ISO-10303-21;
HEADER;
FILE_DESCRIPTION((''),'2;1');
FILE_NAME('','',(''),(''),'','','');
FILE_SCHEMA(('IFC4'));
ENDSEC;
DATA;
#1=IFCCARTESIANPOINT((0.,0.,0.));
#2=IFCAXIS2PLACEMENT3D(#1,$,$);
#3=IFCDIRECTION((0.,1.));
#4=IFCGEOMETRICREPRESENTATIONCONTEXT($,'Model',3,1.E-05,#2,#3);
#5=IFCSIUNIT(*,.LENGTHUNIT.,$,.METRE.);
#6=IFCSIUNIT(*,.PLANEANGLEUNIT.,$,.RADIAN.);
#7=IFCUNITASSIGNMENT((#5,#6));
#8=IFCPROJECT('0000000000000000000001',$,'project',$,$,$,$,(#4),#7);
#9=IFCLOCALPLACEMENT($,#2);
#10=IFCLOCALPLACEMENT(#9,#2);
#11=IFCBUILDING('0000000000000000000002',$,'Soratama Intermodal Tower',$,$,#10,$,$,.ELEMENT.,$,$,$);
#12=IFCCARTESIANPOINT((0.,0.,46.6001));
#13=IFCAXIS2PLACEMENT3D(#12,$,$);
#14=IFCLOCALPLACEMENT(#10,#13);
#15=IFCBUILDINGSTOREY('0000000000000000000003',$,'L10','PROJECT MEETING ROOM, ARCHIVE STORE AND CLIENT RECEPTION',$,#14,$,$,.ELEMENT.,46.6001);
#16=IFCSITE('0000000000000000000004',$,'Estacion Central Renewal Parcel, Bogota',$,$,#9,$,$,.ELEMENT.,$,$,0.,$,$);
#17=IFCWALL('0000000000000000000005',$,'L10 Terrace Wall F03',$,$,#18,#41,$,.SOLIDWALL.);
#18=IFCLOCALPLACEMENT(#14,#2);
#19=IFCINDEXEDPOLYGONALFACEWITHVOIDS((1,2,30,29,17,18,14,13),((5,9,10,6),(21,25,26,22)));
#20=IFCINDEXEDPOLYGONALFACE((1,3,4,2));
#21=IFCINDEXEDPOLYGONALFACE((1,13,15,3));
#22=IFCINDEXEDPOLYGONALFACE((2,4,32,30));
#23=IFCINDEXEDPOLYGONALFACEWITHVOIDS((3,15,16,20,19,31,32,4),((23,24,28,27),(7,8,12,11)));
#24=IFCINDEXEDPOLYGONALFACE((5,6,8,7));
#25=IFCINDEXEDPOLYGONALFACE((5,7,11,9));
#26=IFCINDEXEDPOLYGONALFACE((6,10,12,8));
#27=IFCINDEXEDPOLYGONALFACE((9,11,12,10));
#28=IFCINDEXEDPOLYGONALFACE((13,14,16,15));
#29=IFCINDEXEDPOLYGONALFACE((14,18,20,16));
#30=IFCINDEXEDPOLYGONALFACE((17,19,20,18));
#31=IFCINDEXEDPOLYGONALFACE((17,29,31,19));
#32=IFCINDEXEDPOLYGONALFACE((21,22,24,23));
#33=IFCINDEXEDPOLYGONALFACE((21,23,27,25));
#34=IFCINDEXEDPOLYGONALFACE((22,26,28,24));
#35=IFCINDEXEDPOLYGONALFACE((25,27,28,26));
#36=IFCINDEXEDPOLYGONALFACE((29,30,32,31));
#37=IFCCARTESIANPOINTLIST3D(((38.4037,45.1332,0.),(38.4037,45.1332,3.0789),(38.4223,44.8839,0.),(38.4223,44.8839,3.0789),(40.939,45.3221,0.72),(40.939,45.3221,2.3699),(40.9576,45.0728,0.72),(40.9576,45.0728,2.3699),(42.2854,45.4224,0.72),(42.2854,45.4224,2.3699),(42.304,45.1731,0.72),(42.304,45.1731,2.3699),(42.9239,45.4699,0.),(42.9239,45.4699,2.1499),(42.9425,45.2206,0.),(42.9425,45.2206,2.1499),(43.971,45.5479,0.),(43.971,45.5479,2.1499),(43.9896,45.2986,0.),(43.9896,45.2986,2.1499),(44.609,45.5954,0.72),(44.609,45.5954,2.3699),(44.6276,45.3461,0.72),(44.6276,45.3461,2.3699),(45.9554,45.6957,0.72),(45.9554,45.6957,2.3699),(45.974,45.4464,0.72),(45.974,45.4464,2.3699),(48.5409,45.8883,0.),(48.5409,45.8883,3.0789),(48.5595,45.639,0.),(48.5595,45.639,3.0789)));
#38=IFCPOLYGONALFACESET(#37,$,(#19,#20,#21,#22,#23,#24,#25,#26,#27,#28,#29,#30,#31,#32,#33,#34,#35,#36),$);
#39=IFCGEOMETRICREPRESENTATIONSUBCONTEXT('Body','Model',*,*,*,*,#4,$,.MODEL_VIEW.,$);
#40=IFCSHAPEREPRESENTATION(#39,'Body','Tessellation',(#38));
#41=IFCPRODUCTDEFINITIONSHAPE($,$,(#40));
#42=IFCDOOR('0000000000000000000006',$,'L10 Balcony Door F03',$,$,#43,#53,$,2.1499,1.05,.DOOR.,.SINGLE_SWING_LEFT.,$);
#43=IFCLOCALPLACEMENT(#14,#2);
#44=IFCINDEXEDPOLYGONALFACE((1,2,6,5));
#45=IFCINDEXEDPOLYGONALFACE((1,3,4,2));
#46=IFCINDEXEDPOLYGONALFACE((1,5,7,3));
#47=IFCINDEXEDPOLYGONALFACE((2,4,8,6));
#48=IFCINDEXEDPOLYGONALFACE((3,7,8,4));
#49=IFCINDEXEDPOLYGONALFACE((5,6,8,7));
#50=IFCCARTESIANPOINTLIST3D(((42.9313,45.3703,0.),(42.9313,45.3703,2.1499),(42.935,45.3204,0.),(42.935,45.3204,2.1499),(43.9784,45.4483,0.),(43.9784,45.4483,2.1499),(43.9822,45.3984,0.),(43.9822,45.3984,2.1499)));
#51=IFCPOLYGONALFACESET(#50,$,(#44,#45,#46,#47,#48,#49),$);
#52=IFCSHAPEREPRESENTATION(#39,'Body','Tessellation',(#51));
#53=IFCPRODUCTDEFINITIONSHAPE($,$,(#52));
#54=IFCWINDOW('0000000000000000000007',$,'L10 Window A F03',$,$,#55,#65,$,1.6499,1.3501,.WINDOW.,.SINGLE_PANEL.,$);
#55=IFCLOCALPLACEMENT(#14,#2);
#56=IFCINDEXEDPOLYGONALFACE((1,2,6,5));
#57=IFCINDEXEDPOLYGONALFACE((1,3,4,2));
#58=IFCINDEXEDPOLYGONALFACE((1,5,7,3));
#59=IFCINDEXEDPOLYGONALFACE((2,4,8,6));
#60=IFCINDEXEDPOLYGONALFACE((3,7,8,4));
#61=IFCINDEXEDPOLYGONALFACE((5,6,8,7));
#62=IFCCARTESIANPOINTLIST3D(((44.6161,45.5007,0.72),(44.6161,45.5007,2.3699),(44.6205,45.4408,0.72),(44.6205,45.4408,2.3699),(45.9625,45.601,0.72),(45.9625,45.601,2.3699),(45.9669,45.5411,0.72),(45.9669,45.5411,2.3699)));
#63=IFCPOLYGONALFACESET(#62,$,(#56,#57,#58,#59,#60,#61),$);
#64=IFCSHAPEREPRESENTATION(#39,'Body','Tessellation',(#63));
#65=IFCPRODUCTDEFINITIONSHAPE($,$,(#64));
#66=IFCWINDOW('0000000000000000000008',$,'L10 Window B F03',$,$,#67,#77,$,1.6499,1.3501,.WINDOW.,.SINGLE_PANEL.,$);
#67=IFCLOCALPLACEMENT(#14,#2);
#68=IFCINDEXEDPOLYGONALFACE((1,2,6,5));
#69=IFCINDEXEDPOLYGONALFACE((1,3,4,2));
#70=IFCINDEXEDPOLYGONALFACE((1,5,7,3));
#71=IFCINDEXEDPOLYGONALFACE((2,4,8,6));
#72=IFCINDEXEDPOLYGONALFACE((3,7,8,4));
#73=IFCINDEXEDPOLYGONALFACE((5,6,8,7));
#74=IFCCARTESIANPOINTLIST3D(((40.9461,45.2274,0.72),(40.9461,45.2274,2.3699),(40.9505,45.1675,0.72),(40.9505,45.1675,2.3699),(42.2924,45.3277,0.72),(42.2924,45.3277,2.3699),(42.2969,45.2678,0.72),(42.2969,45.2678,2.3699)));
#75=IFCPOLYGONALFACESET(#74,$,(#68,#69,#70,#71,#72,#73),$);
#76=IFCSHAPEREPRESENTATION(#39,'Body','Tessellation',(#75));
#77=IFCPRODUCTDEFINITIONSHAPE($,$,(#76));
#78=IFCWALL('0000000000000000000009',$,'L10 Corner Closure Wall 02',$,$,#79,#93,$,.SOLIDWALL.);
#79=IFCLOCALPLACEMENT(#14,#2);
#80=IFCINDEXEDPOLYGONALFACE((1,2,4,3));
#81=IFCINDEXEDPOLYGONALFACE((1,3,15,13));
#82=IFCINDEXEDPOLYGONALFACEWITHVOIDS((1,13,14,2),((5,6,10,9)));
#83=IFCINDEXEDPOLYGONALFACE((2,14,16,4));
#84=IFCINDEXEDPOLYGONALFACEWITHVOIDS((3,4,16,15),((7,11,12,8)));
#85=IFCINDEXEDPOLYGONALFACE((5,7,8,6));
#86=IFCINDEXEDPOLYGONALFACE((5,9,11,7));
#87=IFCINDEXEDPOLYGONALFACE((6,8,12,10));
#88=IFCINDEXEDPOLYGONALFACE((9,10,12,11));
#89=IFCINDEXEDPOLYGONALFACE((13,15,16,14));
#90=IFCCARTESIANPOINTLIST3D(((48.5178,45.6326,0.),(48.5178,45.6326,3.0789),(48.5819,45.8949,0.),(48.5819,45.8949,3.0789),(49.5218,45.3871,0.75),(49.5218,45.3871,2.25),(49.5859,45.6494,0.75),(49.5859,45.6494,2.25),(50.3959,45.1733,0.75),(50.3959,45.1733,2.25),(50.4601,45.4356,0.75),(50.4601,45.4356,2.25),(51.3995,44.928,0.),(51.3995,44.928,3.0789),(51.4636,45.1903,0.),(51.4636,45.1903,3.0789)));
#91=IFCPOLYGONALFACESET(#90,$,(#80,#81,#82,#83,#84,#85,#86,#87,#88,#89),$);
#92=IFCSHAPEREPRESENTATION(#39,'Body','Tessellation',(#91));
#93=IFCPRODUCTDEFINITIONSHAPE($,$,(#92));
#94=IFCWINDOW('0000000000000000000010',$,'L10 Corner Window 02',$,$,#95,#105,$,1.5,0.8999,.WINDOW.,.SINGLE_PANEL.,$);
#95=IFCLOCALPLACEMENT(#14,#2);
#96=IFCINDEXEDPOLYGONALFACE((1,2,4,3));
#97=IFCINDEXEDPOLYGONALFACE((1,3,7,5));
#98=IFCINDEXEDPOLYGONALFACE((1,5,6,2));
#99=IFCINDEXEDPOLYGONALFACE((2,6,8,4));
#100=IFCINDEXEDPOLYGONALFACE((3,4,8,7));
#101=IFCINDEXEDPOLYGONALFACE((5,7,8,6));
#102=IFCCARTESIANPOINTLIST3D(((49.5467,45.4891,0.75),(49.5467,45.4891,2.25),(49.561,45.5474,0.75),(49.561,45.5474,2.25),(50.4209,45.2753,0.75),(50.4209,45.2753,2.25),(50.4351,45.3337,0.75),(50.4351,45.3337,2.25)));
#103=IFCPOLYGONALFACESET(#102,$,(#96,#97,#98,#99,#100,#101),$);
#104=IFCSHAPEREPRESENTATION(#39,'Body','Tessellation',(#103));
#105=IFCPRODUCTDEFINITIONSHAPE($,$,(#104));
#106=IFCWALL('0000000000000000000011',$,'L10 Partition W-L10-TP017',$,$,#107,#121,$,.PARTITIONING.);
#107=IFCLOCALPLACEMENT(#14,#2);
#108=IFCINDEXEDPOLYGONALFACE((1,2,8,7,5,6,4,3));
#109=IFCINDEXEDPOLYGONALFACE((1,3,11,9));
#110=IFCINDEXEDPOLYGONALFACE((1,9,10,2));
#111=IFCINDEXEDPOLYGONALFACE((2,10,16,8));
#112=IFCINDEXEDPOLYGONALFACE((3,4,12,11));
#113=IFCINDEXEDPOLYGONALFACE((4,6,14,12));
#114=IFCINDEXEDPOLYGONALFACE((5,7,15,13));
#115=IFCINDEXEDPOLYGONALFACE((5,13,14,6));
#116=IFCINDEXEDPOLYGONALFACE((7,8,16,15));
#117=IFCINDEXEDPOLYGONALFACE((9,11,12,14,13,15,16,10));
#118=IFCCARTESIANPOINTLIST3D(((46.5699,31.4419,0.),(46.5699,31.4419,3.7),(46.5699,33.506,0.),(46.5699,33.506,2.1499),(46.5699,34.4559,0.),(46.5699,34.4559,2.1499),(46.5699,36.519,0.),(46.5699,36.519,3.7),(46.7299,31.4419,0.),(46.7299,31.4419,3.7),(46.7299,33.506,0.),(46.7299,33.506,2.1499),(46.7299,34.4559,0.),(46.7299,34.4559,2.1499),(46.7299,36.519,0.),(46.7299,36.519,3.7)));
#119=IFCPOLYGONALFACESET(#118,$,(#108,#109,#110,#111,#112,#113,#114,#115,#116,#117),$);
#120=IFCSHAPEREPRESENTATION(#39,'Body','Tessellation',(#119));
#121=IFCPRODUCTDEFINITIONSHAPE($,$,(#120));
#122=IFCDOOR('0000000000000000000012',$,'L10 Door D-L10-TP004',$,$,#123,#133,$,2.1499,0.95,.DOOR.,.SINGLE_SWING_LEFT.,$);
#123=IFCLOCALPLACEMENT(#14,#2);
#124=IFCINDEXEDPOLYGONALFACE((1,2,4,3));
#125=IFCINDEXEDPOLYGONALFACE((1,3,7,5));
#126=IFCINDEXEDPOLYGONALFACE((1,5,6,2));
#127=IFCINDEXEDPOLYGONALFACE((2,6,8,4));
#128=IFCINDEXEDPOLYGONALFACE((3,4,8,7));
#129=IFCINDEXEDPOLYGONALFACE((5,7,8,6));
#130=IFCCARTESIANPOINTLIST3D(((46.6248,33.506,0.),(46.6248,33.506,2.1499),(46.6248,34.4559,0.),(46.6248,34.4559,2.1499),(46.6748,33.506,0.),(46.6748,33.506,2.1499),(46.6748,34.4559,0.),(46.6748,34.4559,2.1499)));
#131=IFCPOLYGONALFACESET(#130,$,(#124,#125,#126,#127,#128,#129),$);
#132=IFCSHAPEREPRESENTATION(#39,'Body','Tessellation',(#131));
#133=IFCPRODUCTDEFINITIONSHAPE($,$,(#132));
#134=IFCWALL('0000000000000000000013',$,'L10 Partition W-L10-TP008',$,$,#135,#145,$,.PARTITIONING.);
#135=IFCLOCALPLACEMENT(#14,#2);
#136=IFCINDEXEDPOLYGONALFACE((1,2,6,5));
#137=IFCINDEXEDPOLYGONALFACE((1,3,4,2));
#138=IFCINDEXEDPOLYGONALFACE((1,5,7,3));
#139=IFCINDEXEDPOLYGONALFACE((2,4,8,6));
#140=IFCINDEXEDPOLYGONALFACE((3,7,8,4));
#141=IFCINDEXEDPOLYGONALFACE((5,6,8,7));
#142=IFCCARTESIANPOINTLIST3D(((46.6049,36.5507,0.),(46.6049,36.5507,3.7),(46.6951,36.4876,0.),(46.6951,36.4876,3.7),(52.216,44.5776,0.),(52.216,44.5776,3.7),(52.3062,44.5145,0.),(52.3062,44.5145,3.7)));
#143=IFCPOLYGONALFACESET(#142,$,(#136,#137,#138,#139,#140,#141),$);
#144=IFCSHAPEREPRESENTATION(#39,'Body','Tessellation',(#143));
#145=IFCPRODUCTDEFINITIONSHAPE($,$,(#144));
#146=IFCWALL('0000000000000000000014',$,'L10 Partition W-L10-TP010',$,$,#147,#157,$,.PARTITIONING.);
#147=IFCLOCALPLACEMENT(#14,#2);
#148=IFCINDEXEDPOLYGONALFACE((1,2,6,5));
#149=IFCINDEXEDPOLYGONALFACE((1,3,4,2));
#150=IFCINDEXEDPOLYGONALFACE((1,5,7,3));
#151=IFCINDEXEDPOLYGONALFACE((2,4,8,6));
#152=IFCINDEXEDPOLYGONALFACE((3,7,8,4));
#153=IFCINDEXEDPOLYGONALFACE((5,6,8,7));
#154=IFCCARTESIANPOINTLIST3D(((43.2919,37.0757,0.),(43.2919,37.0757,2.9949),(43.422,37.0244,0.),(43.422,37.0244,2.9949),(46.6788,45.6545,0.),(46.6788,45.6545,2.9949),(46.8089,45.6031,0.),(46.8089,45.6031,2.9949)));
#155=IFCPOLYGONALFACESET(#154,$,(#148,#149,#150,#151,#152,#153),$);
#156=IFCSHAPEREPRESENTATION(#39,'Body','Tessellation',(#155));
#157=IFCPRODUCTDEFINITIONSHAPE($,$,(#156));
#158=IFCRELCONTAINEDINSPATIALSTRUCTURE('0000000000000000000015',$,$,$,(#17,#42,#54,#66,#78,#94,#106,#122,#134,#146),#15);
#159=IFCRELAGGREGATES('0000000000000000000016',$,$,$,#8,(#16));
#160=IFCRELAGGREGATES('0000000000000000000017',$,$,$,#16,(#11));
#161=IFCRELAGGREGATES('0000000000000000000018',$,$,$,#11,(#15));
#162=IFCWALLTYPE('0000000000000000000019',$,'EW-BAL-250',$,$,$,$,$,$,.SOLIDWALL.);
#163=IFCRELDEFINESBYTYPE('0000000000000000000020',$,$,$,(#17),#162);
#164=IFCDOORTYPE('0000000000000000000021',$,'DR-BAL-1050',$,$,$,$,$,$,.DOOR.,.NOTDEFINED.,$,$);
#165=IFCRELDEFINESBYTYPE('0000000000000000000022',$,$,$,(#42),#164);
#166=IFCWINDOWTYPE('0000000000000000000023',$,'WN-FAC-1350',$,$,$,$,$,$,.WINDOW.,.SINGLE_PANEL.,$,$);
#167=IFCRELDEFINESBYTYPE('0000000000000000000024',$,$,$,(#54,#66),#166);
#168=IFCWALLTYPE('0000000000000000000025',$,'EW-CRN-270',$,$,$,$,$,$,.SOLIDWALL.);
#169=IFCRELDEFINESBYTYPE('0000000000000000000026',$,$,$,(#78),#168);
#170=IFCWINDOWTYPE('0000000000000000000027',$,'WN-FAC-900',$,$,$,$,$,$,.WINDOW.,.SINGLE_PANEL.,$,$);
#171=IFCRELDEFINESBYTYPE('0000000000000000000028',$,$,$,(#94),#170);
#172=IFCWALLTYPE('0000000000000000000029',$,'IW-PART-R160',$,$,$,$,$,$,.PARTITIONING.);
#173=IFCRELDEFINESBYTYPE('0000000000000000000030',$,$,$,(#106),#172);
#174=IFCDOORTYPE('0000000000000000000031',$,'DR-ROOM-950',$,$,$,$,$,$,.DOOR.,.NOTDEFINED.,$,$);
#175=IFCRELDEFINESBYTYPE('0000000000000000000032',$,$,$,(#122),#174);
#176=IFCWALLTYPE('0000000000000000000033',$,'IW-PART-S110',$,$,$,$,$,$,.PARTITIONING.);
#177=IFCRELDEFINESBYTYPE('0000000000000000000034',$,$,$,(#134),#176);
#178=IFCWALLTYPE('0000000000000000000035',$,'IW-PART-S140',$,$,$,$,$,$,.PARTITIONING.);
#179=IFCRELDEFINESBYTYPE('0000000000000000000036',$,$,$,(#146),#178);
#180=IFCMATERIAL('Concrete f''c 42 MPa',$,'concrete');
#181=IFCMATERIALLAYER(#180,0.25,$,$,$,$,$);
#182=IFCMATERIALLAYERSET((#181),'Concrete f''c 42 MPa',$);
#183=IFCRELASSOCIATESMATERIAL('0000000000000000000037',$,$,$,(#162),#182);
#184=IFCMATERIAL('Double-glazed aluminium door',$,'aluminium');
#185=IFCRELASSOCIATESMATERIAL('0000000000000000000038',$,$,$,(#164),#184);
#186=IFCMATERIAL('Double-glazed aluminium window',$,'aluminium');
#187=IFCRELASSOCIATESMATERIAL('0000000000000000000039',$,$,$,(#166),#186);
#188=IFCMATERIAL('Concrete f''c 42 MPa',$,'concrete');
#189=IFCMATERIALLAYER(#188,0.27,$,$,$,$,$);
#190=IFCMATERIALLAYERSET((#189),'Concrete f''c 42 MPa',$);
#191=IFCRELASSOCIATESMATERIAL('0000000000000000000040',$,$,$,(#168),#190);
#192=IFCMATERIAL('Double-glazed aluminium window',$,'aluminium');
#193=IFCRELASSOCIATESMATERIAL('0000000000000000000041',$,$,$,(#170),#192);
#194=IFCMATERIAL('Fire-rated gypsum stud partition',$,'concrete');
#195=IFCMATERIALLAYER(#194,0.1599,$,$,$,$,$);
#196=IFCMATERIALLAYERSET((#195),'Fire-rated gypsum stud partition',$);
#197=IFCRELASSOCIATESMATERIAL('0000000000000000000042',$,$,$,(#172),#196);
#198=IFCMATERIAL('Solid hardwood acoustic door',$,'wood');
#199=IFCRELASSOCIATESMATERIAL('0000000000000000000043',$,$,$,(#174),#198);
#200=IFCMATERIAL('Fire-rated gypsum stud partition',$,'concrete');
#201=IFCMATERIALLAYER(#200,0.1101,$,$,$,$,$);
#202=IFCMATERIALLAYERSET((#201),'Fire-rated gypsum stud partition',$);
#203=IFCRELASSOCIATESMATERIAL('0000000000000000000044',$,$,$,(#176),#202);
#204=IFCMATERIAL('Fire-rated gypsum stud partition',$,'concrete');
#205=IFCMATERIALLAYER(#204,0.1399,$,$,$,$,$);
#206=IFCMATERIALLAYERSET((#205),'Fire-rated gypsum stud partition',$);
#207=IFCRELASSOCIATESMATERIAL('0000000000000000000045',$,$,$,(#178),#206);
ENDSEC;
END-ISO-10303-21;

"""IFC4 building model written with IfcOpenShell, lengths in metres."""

from ifc_helpers import new_model, si_unit, direction, frame, frame_2d, origin, place, context, subcontext, project, spatial, rectangle, extrude, material, layer, layer_set, type_object, element, fill, save


model = new_model("IFC4")

# Units and contexts
model_context = context("Model", 3, precision=1e-05, world=origin(), true_north=direction((0.0, 1.0)))
body_context = subcontext(model_context, "Body", "Model", "MODEL_VIEW")
ifc_project = project(units=[si_unit("LENGTHUNIT", "METRE"), si_unit("PLANEANGLEUNIT", "RADIAN")], contexts=[model_context])

# Site, building, storey
site_placement = place(None, origin())
site = spatial("IfcSite", under=ifc_project, at=site_placement, Name="Estacion Central Renewal Parcel, Bogota", CompositionType="ELEMENT", RefElevation=0.0)
building_placement = place(site_placement, origin())
building = spatial("IfcBuilding", under=site, at=building_placement, Name="Soratama Intermodal Tower", CompositionType="ELEMENT")
storey_placement = place(building_placement, frame((0.0, 0.0, 46.6001)))
storey = spatial("IfcBuildingStorey", under=building, at=storey_placement, Name="L10", Description="PROJECT MEETING ROOM, ARCHIVE STORE AND CLIENT RECEPTION", CompositionType="ELEMENT", Elevation=46.6001)

# Wall, openings, door, windows
ifc_material_1 = material(Name="Concrete f'c 42 MPa", Category="concrete")
ifc_layer_1 = layer(ifc_material_1, 0.25)
ifc_layer_set_1 = layer_set([ifc_layer_1], Name="Concrete f'c 42 MPa")
wall_type_1 = type_object("IfcWallType", Name="EW-BAL-250", PredefinedType="SOLIDWALL", material=ifc_layer_set_1)
wall_1_placement = place(storey_placement, frame((48.55, 45.7637, 0.0), z_axis=(0.0, 0.0, 1.0), x_axis=(-0.997237, -0.074285, 0.0)))
wall_1 = element("IfcWall", 1, at=wall_1_placement, inside=storey, type_object=wall_type_1, Name="L10 Terrace Wall F03", PredefinedType="SOLIDWALL", context=body_context, shape_type="SweptSolid", body=[
    extrude(rectangle(XDim=10.1653, YDim=0.25, at=frame_2d((5.0825, 0.0))), origin(), (0.0, 0.0, 1.0), 3.0789),
])
opening_1_placement = place(wall_1_placement, frame((4.5825, 0.0, 0.0)))
opening_1 = element("IfcOpeningElement", 2, at=opening_1_placement, cuts=wall_1, PredefinedType="OPENING", context=body_context, shape_type="SweptSolid", body=[
    extrude(rectangle(XDim=1.05, YDim=2.1499, at=frame_2d((0.5249, 1.075))), frame((0.0, 0.135, 0.0), z_axis=(0.0, -1.0, 0.0), x_axis=(1.0, 0.0, 0.0)), (0.0, 0.0, 1.0), 0.27),
])
opening_2_placement = place(wall_1_placement, frame((2.5925, 0.0, 0.72)))
opening_2 = element("IfcOpeningElement", 3, at=opening_2_placement, cuts=wall_1, PredefinedType="OPENING", context=body_context, shape_type="SweptSolid", body=[
    extrude(rectangle(XDim=1.3501, YDim=1.6499, at=frame_2d((0.675, 0.825))), frame((0.0, 0.135, 0.0), z_axis=(0.0, -1.0, 0.0), x_axis=(1.0, 0.0, 0.0)), (0.0, 0.0, 1.0), 0.27),
])
opening_3_placement = place(wall_1_placement, frame((6.2727, 0.0, 0.72)))
opening_3 = element("IfcOpeningElement", 4, at=opening_3_placement, cuts=wall_1, PredefinedType="OPENING", context=body_context, shape_type="SweptSolid", body=[
    extrude(rectangle(XDim=1.3501, YDim=1.6499, at=frame_2d((0.675, 0.825))), frame((0.0, 0.135, 0.0), z_axis=(0.0, -1.0, 0.0), x_axis=(1.0, 0.0, 0.0)), (0.0, 0.0, 1.0), 0.27),
])
ifc_material_2 = material(Name="Double-glazed aluminium door", Category="aluminium")
door_type_1 = type_object("IfcDoorType", Name="DR-BAL-1050", OperationType="NOTDEFINED", PredefinedType="DOOR", material=ifc_material_2)
door_1_placement = place(opening_1_placement, origin())
door_1 = element("IfcDoor", 5, at=door_1_placement, inside=storey, type_object=door_type_1, Name="L10 Balcony Door F03", OperationType="SINGLE_SWING_LEFT", OverallHeight=2.1499, OverallWidth=1.05, PredefinedType="DOOR", context=body_context, shape_type="SweptSolid", body=[
    extrude(rectangle(XDim=1.05, YDim=2.1499, at=frame_2d((0.5249, 1.075))), frame((0.0, 0.0249, 0.0), z_axis=(0.0, -1.0, 0.0), x_axis=(1.0, 0.0, 0.0)), (0.0, 0.0, 1.0), 0.05),
])
fill(opening_1, door_1)
ifc_material_3 = material(Name="Double-glazed aluminium window", Category="aluminium")
window_type_1 = type_object("IfcWindowType", Name="WN-FAC-1350", PartitioningType="SINGLE_PANEL", PredefinedType="WINDOW", material=ifc_material_3)
window_1_placement = place(opening_2_placement, origin())
window_1 = element("IfcWindow", 6, at=window_1_placement, inside=storey, type_object=window_type_1, Name="L10 Window A F03", OverallHeight=1.6499, OverallWidth=1.3501, PartitioningType="SINGLE_PANEL", PredefinedType="WINDOW", context=body_context, shape_type="SweptSolid", body=[
    extrude(rectangle(XDim=1.3501, YDim=1.6499, at=frame_2d((0.675, 0.825))), frame((0.0, 0.03, 0.0), z_axis=(0.0, -1.0, 0.0), x_axis=(1.0, 0.0, 0.0)), (0.0, 0.0, 1.0), 0.0601),
])
fill(opening_2, window_1)
window_2_placement = place(opening_3_placement, origin())
window_2 = element("IfcWindow", 7, at=window_2_placement, inside=storey, type_object=window_type_1, Name="L10 Window B F03", OverallHeight=1.6499, OverallWidth=1.3501, PartitioningType="SINGLE_PANEL", PredefinedType="WINDOW", context=body_context, shape_type="SweptSolid", body=[
    extrude(rectangle(XDim=1.3501, YDim=1.6499, at=frame_2d((0.675, 0.825))), frame((0.0, 0.03, 0.0), z_axis=(0.0, -1.0, 0.0), x_axis=(1.0, 0.0, 0.0)), (0.0, 0.0, 1.0), 0.0601),
])
fill(opening_3, window_2)

# Wall, opening, window
ifc_material_4 = material(Name="Concrete f'c 42 MPa", Category="concrete")
ifc_layer_2 = layer(ifc_material_4, 0.27)
ifc_layer_set_2 = layer_set([ifc_layer_2], Name="Concrete f'c 42 MPa")
wall_type_2 = type_object("IfcWallType", Name="EW-CRN-270", PredefinedType="SOLIDWALL", material=ifc_layer_set_2)
wall_2_placement = place(storey_placement, frame((51.4316, 45.0591, 0.0), z_axis=(0.0, 0.0, 1.0), x_axis=(-0.971383, 0.237517, 0.0)))
wall_2 = element("IfcWall", 8, at=wall_2_placement, inside=storey, type_object=wall_type_2, Name="L10 Corner Closure Wall 02", PredefinedType="SOLIDWALL", context=body_context, shape_type="SweptSolid", body=[
    extrude(rectangle(XDim=2.9666, YDim=0.27, at=frame_2d((1.4834, 0.0))), origin(), (0.0, 0.0, 1.0), 3.0789),
])
opening_4_placement = place(wall_2_placement, frame((1.0332, 0.0, 0.75)))
opening_4 = element("IfcOpeningElement", 9, at=opening_4_placement, cuts=wall_2, PredefinedType="OPENING", context=body_context, shape_type="SweptSolid", body=[
    extrude(rectangle(XDim=0.8999, YDim=1.5, at=frame_2d((0.45, 0.75))), frame((0.0, 0.145, 0.0), z_axis=(0.0, -1.0, 0.0), x_axis=(1.0, 0.0, 0.0)), (0.0, 0.0, 1.0), 0.29),
])
ifc_material_5 = material(Name="Double-glazed aluminium window", Category="aluminium")
window_type_2 = type_object("IfcWindowType", Name="WN-FAC-900", PartitioningType="SINGLE_PANEL", PredefinedType="WINDOW", material=ifc_material_5)
window_3_placement = place(opening_4_placement, origin())
window_3 = element("IfcWindow", 10, at=window_3_placement, inside=storey, type_object=window_type_2, Name="L10 Corner Window 02", OverallHeight=1.5, OverallWidth=0.8999, PartitioningType="SINGLE_PANEL", PredefinedType="WINDOW", context=body_context, shape_type="SweptSolid", body=[
    extrude(rectangle(XDim=0.8999, YDim=1.5, at=frame_2d((0.45, 0.75))), frame((0.0, 0.03, 0.0), z_axis=(0.0, -1.0, 0.0), x_axis=(1.0, 0.0, 0.0)), (0.0, 0.0, 1.0), 0.0601),
])
fill(opening_4, window_3)

# Wall, opening, door
ifc_material_6 = material(Name="Fire-rated gypsum stud partition", Category="concrete")
ifc_layer_3 = layer(ifc_material_6, 0.1599)
ifc_layer_set_3 = layer_set([ifc_layer_3], Name="Fire-rated gypsum stud partition")
wall_type_3 = type_object("IfcWallType", Name="IW-PART-R160", PredefinedType="PARTITIONING", material=ifc_layer_set_3)
wall_3_placement = place(storey_placement, frame((46.6499, 36.519, 0.0), z_axis=(0.0, 0.0, 1.0), x_axis=(0.0, -1.0, 0.0)))
wall_3 = element("IfcWall", 11, at=wall_3_placement, inside=storey, type_object=wall_type_3, Name="L10 Partition W-L10-TP017", PredefinedType="PARTITIONING", context=body_context, shape_type="SweptSolid", body=[
    extrude(rectangle(XDim=5.0771, YDim=0.1599, at=frame_2d((2.5386, 0.0))), origin(), (0.0, 0.0, 1.0), 3.7),
])
opening_5_placement = place(wall_3_placement, frame((2.063, 0.0, 0.0)))
opening_5 = element("IfcOpeningElement", 12, at=opening_5_placement, cuts=wall_3, PredefinedType="OPENING", context=body_context, shape_type="SweptSolid", body=[
    extrude(rectangle(XDim=0.95, YDim=2.1499, at=frame_2d((0.4751, 1.075))), frame((0.0, 0.0898, 0.0), z_axis=(0.0, -1.0, 0.0), x_axis=(1.0, 0.0, 0.0)), (0.0, 0.0, 1.0), 0.1799),
])
ifc_material_7 = material(Name="Solid hardwood acoustic door", Category="wood")
door_type_2 = type_object("IfcDoorType", Name="DR-ROOM-950", OperationType="NOTDEFINED", PredefinedType="DOOR", material=ifc_material_7)
door_2_placement = place(opening_5_placement, origin())
door_2 = element("IfcDoor", 13, at=door_2_placement, inside=storey, type_object=door_type_2, Name="L10 Door D-L10-TP004", OperationType="SINGLE_SWING_LEFT", OverallHeight=2.1499, OverallWidth=0.95, PredefinedType="DOOR", context=body_context, shape_type="SweptSolid", body=[
    extrude(rectangle(XDim=0.95, YDim=2.1499, at=frame_2d((0.4751, 1.075))), frame((0.0, 0.0249, 0.0), z_axis=(0.0, -1.0, 0.0), x_axis=(1.0, 0.0, 0.0)), (0.0, 0.0, 1.0), 0.05),
])
fill(opening_5, door_2)

# Walls
ifc_material_8 = material(Name="Fire-rated gypsum stud partition", Category="concrete")
ifc_layer_4 = layer(ifc_material_8, 0.1101)
ifc_layer_set_4 = layer_set([ifc_layer_4], Name="Fire-rated gypsum stud partition")
wall_type_4 = type_object("IfcWallType", Name="IW-PART-S110", PredefinedType="PARTITIONING", material=ifc_layer_set_4)
wall_4_placement = place(storey_placement, frame((46.6499, 36.519, 0.0), z_axis=(0.0, 0.0, 1.0), x_axis=(0.572934, 0.819602, 0.0)))
element("IfcWall", 14, at=wall_4_placement, inside=storey, type_object=wall_type_4, Name="L10 Partition W-L10-TP008", PredefinedType="PARTITIONING", context=body_context, shape_type="SweptSolid", body=[
    extrude(rectangle(XDim=9.7937, YDim=0.1101, at=frame_2d((4.897, 0.0))), origin(), (0.0, 0.0, 1.0), 3.7),
])
ifc_material_9 = material(Name="Fire-rated gypsum stud partition", Category="concrete")
ifc_layer_5 = layer(ifc_material_9, 0.1399)
ifc_layer_set_5 = layer_set([ifc_layer_5], Name="Fire-rated gypsum stud partition")
wall_type_5 = type_object("IfcWallType", Name="IW-PART-S140", PredefinedType="PARTITIONING", material=ifc_layer_set_5)
wall_5_placement = place(storey_placement, frame((43.3569, 37.05, 0.0), z_axis=(0.0, 0.0, 1.0), x_axis=(0.36722, 0.930134, 0.0)))
element("IfcWall", 15, at=wall_5_placement, inside=storey, type_object=wall_type_5, Name="L10 Partition W-L10-TP010", PredefinedType="PARTITIONING", context=body_context, shape_type="SweptSolid", body=[
    extrude(rectangle(XDim=9.2231, YDim=0.1399, at=frame_2d((4.6116, 0.0))), origin(), (0.0, 0.0, 1.0), 2.9949),
])

save(model, "model.ifc")
